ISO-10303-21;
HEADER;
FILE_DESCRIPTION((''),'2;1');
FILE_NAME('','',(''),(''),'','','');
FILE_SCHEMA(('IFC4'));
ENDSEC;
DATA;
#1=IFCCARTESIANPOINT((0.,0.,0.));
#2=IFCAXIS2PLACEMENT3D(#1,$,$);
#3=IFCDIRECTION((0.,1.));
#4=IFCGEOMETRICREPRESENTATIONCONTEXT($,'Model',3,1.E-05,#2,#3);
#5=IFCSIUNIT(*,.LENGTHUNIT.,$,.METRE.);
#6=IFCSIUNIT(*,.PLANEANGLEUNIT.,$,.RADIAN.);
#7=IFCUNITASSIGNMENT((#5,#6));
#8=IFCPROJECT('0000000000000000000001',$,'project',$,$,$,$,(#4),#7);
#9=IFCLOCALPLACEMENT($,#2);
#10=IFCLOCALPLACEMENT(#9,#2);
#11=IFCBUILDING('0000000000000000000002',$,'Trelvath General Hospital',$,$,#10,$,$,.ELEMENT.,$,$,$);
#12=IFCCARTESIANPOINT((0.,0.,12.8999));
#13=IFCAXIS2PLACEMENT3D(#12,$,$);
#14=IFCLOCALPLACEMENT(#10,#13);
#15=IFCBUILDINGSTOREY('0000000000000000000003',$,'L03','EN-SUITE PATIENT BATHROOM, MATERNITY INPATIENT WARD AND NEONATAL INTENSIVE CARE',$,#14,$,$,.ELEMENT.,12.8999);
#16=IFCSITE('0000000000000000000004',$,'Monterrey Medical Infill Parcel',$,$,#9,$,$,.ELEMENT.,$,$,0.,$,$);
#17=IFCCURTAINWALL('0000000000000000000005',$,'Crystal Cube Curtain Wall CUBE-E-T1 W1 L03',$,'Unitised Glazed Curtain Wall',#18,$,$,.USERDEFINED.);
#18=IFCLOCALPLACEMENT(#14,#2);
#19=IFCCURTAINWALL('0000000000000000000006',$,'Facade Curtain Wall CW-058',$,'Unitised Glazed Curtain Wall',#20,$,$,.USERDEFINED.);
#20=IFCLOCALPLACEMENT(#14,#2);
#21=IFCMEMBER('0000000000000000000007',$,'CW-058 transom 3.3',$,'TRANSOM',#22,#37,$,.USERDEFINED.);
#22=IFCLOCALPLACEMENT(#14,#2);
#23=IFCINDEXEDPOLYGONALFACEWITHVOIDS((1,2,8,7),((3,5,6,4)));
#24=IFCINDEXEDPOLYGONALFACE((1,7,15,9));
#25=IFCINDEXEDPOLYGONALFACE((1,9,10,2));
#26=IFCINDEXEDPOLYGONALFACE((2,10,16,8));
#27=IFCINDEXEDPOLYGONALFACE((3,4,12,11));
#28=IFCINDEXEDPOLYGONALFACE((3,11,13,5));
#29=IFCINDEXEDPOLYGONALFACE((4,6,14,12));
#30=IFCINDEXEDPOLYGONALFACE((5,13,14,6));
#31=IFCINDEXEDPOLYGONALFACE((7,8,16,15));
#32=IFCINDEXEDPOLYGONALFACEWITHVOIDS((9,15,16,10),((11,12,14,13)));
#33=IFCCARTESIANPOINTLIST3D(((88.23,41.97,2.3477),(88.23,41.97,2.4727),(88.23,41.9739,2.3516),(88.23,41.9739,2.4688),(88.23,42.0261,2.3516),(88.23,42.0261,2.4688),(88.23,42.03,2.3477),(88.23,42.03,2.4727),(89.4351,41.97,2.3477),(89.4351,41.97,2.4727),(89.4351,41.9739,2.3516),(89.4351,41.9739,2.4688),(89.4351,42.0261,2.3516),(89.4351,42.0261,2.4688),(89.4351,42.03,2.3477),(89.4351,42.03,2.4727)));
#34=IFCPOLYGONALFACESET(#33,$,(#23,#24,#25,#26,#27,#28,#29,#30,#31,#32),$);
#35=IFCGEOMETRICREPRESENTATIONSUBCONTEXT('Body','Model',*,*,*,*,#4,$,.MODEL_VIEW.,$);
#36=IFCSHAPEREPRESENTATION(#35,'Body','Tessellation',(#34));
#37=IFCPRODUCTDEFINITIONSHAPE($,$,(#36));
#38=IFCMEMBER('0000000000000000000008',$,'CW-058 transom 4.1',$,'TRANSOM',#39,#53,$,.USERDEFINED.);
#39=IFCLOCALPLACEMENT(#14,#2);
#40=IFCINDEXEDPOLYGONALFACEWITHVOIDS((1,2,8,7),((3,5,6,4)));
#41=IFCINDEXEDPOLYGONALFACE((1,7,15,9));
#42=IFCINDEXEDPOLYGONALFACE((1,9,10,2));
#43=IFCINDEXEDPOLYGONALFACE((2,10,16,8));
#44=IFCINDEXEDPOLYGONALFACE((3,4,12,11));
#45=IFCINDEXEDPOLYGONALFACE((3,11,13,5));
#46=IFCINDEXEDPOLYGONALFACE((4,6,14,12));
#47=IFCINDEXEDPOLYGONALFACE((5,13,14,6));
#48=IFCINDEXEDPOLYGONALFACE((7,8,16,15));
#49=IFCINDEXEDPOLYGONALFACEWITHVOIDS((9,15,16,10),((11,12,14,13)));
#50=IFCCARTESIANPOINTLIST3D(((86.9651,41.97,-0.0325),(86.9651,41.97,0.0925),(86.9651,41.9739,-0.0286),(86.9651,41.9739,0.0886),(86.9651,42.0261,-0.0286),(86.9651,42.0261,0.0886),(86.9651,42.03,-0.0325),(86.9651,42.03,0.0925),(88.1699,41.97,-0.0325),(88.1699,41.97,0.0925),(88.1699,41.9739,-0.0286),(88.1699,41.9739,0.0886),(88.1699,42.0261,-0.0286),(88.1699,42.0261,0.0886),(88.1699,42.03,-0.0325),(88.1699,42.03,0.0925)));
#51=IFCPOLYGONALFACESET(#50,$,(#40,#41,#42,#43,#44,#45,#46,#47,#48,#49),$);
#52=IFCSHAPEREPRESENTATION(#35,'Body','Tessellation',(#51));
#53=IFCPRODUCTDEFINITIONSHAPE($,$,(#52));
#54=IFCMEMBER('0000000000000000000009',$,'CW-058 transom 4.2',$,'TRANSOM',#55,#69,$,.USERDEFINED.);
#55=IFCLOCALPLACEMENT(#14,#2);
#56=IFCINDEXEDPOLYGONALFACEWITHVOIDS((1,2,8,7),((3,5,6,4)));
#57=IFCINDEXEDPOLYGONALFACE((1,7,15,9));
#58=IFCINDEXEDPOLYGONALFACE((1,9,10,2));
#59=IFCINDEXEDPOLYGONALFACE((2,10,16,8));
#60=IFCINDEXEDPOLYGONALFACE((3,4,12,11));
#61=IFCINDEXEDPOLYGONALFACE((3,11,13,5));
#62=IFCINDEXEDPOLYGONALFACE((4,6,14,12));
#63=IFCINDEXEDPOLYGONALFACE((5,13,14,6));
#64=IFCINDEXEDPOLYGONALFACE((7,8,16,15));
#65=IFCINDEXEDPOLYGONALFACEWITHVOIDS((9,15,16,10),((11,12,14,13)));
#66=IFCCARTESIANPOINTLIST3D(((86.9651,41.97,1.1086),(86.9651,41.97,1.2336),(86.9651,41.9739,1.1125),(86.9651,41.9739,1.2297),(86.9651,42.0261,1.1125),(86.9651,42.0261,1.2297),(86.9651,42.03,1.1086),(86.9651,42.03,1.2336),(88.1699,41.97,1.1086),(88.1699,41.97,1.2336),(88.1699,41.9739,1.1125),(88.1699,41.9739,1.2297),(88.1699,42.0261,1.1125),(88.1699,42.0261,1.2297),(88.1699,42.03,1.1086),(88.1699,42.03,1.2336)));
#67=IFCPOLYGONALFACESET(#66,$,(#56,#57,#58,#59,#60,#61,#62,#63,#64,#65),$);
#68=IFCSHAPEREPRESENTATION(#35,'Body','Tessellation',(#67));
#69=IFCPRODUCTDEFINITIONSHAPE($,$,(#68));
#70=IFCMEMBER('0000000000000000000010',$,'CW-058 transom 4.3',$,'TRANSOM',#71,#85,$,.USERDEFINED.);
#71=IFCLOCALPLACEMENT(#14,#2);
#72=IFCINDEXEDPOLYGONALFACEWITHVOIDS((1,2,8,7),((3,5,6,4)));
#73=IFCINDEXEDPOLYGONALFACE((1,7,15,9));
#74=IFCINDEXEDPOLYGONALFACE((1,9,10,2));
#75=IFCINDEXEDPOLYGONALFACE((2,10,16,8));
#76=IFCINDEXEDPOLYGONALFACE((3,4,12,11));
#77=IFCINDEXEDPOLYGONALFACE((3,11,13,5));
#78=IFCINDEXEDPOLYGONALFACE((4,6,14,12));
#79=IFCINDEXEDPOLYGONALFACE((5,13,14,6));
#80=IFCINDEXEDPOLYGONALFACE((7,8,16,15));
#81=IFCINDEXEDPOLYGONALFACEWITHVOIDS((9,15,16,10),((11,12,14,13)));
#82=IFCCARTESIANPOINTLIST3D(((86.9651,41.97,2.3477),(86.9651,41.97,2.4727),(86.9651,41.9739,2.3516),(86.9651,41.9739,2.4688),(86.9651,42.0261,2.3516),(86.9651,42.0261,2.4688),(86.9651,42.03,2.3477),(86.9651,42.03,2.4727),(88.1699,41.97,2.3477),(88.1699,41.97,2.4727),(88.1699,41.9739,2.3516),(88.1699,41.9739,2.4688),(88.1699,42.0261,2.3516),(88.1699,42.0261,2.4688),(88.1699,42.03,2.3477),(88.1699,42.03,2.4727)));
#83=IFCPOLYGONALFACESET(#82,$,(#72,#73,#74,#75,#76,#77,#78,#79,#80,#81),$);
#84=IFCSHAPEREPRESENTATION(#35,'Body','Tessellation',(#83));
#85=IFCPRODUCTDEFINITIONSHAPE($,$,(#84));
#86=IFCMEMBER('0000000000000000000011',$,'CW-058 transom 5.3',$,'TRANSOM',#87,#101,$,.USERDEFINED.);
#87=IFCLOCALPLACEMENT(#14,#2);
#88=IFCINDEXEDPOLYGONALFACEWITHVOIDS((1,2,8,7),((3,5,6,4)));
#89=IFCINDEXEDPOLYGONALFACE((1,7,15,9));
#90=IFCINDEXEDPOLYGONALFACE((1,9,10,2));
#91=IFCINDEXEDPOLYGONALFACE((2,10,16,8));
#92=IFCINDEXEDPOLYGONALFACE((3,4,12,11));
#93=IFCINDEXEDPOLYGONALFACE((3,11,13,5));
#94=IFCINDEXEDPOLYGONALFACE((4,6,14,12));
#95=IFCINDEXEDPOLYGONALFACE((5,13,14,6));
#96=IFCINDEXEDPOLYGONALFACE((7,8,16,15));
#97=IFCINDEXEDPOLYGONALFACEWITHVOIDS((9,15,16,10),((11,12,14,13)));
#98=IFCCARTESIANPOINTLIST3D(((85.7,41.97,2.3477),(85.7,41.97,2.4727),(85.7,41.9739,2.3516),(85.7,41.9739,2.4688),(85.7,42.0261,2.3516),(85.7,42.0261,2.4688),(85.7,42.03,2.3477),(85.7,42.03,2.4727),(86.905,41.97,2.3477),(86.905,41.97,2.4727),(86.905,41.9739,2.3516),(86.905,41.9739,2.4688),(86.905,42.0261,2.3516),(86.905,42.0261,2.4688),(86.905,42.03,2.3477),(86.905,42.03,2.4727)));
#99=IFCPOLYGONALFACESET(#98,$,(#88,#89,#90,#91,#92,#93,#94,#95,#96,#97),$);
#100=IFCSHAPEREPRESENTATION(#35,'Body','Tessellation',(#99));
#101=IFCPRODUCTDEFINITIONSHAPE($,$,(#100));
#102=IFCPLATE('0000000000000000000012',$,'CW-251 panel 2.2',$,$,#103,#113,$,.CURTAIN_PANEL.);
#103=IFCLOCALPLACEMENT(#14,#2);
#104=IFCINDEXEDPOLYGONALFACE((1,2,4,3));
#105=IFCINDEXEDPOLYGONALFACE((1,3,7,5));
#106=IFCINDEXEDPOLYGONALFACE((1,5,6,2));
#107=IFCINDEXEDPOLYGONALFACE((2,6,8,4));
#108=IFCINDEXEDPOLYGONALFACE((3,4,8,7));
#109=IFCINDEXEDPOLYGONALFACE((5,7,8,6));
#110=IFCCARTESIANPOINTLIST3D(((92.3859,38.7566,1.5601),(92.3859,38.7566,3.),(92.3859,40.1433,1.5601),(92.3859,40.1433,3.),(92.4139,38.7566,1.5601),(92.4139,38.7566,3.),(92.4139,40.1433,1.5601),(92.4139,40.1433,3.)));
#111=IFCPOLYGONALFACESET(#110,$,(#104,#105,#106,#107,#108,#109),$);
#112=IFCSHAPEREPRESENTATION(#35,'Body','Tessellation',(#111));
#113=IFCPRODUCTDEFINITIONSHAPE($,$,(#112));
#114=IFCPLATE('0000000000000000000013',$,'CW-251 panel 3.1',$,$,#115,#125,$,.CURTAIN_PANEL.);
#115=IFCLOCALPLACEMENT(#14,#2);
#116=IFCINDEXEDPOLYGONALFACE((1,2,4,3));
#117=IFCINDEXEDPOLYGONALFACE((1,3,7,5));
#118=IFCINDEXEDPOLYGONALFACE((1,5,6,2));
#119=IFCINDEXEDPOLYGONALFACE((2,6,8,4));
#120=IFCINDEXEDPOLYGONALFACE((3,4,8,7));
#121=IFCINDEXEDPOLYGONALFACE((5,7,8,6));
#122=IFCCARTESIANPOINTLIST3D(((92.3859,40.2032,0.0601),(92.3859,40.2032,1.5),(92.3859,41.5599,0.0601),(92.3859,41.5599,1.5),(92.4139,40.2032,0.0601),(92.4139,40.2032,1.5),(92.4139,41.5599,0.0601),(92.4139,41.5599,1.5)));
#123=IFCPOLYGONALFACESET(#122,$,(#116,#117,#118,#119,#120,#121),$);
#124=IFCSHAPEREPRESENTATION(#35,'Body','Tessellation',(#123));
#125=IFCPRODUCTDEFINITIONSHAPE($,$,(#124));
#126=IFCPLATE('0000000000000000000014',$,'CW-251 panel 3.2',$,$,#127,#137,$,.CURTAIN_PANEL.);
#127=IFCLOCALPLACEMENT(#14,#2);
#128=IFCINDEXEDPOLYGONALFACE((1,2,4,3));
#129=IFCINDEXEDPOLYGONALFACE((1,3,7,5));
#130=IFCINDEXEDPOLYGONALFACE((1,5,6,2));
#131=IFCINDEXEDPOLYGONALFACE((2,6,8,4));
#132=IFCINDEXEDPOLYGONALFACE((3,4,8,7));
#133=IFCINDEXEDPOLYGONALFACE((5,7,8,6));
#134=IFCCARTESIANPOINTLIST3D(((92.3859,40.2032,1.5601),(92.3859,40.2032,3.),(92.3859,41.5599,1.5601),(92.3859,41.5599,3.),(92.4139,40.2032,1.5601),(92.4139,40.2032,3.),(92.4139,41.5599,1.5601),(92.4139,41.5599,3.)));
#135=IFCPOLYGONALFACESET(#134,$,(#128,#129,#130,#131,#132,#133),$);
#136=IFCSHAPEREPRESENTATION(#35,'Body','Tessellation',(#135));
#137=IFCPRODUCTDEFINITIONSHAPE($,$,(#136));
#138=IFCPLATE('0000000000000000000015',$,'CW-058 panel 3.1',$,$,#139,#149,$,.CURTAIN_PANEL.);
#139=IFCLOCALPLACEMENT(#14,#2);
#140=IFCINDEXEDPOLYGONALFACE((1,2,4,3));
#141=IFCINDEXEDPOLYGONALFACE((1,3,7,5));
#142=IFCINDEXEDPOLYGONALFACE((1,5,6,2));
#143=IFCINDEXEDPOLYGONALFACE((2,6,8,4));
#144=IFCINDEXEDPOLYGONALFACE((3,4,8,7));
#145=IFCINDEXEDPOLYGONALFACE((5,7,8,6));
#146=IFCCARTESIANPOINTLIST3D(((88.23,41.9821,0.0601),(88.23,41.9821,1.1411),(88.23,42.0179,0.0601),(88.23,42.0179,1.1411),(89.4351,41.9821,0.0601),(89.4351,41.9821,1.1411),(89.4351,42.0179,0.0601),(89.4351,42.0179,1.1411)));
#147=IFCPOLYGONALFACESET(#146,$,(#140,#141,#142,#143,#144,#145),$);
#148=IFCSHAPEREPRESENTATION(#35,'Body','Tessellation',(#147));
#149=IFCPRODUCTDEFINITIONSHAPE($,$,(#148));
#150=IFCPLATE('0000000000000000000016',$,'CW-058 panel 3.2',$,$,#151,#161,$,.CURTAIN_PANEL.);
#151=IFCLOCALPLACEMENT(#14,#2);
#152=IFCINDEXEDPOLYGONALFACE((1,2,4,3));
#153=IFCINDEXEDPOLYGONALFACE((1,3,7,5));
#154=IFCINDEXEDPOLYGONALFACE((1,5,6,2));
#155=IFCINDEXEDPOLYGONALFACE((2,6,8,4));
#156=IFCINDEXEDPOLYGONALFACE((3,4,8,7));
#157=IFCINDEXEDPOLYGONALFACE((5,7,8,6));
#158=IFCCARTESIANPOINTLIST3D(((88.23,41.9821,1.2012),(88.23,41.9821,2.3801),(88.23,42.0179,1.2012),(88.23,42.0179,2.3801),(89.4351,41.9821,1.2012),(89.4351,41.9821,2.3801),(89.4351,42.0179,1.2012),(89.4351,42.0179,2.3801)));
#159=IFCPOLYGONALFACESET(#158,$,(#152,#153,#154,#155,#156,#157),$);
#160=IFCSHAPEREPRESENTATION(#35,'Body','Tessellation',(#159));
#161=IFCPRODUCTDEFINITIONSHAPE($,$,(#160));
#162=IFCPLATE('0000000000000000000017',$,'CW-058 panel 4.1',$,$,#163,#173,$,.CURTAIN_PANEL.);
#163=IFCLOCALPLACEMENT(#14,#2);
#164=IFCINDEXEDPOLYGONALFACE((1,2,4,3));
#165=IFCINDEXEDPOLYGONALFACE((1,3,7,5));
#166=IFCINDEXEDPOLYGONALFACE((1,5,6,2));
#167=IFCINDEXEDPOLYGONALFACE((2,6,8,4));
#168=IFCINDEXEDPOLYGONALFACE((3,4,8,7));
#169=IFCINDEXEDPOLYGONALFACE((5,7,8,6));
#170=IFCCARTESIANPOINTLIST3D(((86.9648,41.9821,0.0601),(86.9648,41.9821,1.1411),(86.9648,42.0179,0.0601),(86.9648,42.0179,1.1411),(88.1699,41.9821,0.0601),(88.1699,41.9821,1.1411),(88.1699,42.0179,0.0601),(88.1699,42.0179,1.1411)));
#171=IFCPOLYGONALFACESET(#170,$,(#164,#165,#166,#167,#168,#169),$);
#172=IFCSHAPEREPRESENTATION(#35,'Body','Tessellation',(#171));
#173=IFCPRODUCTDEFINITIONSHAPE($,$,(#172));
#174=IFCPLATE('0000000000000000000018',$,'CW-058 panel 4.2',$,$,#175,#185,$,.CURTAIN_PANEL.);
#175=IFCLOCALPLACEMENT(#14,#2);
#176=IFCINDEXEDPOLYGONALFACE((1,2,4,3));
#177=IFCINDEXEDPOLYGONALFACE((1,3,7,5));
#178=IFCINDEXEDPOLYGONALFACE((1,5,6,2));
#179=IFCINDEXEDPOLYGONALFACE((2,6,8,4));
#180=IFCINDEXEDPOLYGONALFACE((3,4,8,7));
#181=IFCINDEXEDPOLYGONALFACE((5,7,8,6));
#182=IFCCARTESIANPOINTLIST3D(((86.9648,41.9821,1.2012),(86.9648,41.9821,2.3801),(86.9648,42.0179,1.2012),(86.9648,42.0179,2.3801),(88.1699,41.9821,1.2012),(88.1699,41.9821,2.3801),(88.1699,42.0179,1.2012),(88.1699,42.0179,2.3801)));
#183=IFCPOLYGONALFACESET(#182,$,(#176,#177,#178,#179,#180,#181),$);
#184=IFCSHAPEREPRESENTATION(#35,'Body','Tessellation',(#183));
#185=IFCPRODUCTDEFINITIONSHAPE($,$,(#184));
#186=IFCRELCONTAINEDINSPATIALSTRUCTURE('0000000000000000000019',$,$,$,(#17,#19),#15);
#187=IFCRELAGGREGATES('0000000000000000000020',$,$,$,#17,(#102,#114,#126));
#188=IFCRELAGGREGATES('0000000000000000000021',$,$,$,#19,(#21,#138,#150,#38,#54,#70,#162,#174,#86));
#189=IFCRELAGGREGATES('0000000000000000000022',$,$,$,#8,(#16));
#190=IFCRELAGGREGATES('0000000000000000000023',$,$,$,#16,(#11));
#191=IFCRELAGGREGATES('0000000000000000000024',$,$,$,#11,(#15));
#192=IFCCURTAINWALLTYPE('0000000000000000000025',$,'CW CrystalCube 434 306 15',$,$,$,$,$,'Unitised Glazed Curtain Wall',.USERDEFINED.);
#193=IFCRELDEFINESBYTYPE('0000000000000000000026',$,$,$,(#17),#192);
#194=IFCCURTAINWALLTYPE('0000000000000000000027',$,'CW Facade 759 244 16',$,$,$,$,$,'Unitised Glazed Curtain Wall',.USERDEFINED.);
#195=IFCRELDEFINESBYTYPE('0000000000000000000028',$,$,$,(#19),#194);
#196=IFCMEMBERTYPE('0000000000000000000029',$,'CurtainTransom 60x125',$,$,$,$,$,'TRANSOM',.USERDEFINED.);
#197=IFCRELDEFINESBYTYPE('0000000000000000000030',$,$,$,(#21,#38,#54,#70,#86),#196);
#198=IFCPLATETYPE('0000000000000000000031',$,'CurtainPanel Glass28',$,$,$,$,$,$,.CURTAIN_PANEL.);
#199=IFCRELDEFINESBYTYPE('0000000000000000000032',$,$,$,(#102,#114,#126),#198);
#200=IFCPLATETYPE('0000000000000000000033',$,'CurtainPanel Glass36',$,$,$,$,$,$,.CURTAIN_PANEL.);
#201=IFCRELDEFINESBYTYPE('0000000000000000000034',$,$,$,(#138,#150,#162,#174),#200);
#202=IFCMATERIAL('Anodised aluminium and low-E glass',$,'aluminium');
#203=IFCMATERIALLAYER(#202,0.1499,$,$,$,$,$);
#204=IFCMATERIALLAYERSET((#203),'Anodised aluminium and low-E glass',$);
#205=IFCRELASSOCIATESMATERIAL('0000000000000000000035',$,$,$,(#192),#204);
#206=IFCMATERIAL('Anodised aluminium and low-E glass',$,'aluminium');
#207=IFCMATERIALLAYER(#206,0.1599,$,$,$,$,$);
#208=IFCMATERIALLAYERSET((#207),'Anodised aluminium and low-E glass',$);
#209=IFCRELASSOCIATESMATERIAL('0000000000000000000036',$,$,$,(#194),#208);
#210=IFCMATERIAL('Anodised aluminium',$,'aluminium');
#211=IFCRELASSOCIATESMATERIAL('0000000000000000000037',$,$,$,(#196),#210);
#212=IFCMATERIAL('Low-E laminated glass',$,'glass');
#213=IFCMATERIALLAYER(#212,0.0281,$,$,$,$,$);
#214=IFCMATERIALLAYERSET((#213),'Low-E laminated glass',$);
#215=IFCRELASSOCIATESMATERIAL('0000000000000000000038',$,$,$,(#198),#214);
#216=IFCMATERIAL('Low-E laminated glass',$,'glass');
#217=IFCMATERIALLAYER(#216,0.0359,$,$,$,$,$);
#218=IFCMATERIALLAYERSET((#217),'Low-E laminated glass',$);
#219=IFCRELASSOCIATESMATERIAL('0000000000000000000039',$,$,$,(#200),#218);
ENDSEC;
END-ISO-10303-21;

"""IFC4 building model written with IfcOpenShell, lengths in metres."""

from ifc_helpers import new_model, si_unit, direction, frame, origin, origin_2d, place, context, subcontext, project, spatial, rectangle, hollow_rectangle, extrude, material, layer, layer_set, material_profile, profile_set, type_object, element, aggregate, save


model = new_model("IFC4")

# Units and contexts
model_context = context("Model", 3, precision=1e-05, world=origin(), true_north=direction((0.0, 1.0)))
body_context = subcontext(model_context, "Body", "Model", "MODEL_VIEW")
ifc_project = project(units=[si_unit("LENGTHUNIT", "METRE"), si_unit("PLANEANGLEUNIT", "RADIAN")], contexts=[model_context])

# Site, building, storey
site_placement = place(None, origin())
site = spatial("IfcSite", under=ifc_project, at=site_placement, Name="Monterrey Medical Infill Parcel", CompositionType="ELEMENT", RefElevation=0.0)
building_placement = place(site_placement, origin())
building = spatial("IfcBuilding", under=site, at=building_placement, Name="Trelvath General Hospital", CompositionType="ELEMENT")
storey_placement = place(building_placement, frame((0.0, 0.0, 12.8999)))
storey = spatial("IfcBuildingStorey", under=building, at=storey_placement, Name="L03", Description="EN-SUITE PATIENT BATHROOM, MATERNITY INPATIENT WARD AND NEONATAL INTENSIVE CARE", CompositionType="ELEMENT", Elevation=12.8999)

# Curtain walls
ifc_material_1 = material(Name="Anodised aluminium and low-E glass", Category="aluminium")
ifc_layer_1 = layer(ifc_material_1, 0.1499)
ifc_layer_set_1 = layer_set([ifc_layer_1], Name="Anodised aluminium and low-E glass")
curtain_wall_type_1 = type_object("IfcCurtainWallType", Name="CW CrystalCube 434 306 15", ElementType="Unitised Glazed Curtain Wall", PredefinedType="USERDEFINED", material=ifc_layer_set_1)
curtain_wall_1_placement = place(storey_placement, origin())
curtain_wall_1 = element("IfcCurtainWall", 1, at=curtain_wall_1_placement, inside=storey, type_object=curtain_wall_type_1, Name="Crystal Cube Curtain Wall CUBE-E-T1 W1 L03", ObjectType="Unitised Glazed Curtain Wall", PredefinedType="USERDEFINED")
ifc_material_2 = material(Name="Anodised aluminium and low-E glass", Category="aluminium")
ifc_layer_2 = layer(ifc_material_2, 0.1599)
ifc_layer_set_2 = layer_set([ifc_layer_2], Name="Anodised aluminium and low-E glass")
curtain_wall_type_2 = type_object("IfcCurtainWallType", Name="CW Facade 759 244 16", ElementType="Unitised Glazed Curtain Wall", PredefinedType="USERDEFINED", material=ifc_layer_set_2)
curtain_wall_2_placement = place(storey_placement, origin())
curtain_wall_2 = element("IfcCurtainWall", 2, at=curtain_wall_2_placement, inside=storey, type_object=curtain_wall_type_2, Name="Facade Curtain Wall CW-058", ObjectType="Unitised Glazed Curtain Wall", PredefinedType="USERDEFINED")

# Members
ifc_material_3 = material(Name="Anodised aluminium", Category="aluminium")
ifc_material_profile_1 = material_profile(ifc_material_3, hollow_rectangle(XDim=0.0601, YDim=0.125, WallThickness=0.0039, at=origin_2d()), Name="RHS60x125x4")
ifc_profile_set_1 = profile_set([ifc_material_profile_1], Name="Anodised aluminium")
member_type_1 = type_object("IfcMemberType", Name="CurtainTransom 60x125", ElementType="TRANSOM", PredefinedType="USERDEFINED", material=ifc_profile_set_1)
member_1_placement = place(storey_placement, frame((89.4351, 42.0, 2.4102), z_axis=(-1.0, 0.0, 0.0), x_axis=(0.0, -1.0, 0.0)))
member_1 = element("IfcMember", 3, at=member_1_placement, type_object=member_type_1, Name="CW-058 transom 3.3", ObjectType="TRANSOM", PredefinedType="USERDEFINED", context=body_context, shape_type="SweptSolid", body=[
    extrude(hollow_rectangle(XDim=0.0601, YDim=0.125, WallThickness=0.0039, at=origin_2d()), origin(), (0.0, 0.0, 1.0), 1.2051),
])
member_2_placement = place(storey_placement, frame((88.1699, 42.0, 0.03), z_axis=(-1.0, 0.0, 0.0), x_axis=(0.0, -1.0, 0.0)))
member_2 = element("IfcMember", 4, at=member_2_placement, type_object=member_type_1, Name="CW-058 transom 4.1", ObjectType="TRANSOM", PredefinedType="USERDEFINED", context=body_context, shape_type="SweptSolid", body=[
    extrude(hollow_rectangle(XDim=0.0601, YDim=0.125, WallThickness=0.0039, at=origin_2d()), origin(), (0.0, 0.0, 1.0), 1.2048),
])
member_3_placement = place(storey_placement, frame((88.1699, 42.0, 1.1711), z_axis=(-1.0, 0.0, 0.0), x_axis=(0.0, -1.0, 0.0)))
member_3 = element("IfcMember", 5, at=member_3_placement, type_object=member_type_1, Name="CW-058 transom 4.2", ObjectType="TRANSOM", PredefinedType="USERDEFINED", context=body_context, shape_type="SweptSolid", body=[
    extrude(hollow_rectangle(XDim=0.0601, YDim=0.125, WallThickness=0.0039, at=origin_2d()), origin(), (0.0, 0.0, 1.0), 1.2048),
])
member_4_placement = place(storey_placement, frame((88.1699, 42.0, 2.4102), z_axis=(-1.0, 0.0, 0.0), x_axis=(0.0, -1.0, 0.0)))
member_4 = element("IfcMember", 6, at=member_4_placement, type_object=member_type_1, Name="CW-058 transom 4.3", ObjectType="TRANSOM", PredefinedType="USERDEFINED", context=body_context, shape_type="SweptSolid", body=[
    extrude(hollow_rectangle(XDim=0.0601, YDim=0.125, WallThickness=0.0039, at=origin_2d()), origin(), (0.0, 0.0, 1.0), 1.2048),
])
member_5_placement = place(storey_placement, frame((86.905, 42.0, 2.4102), z_axis=(-1.0, 0.0, 0.0), x_axis=(0.0, -1.0, 0.0)))
member_5 = element("IfcMember", 7, at=member_5_placement, type_object=member_type_1, Name="CW-058 transom 5.3", ObjectType="TRANSOM", PredefinedType="USERDEFINED", context=body_context, shape_type="SweptSolid", body=[
    extrude(hollow_rectangle(XDim=0.0601, YDim=0.125, WallThickness=0.0039, at=origin_2d()), origin(), (0.0, 0.0, 1.0), 1.2051),
])

# Plates
ifc_material_4 = material(Name="Low-E laminated glass", Category="glass")
ifc_layer_3 = layer(ifc_material_4, 0.0281)
ifc_layer_set_3 = layer_set([ifc_layer_3], Name="Low-E laminated glass")
plate_type_1 = type_object("IfcPlateType", Name="CurtainPanel Glass28", PredefinedType="CURTAIN_PANEL", material=ifc_layer_set_3)
plate_1_placement = place(storey_placement, frame((92.3999, 39.45, 1.5601), z_axis=(0.0, 0.0, 1.0), x_axis=(0.0, 1.0, 0.0)))
plate_1 = element("IfcPlate", 8, at=plate_1_placement, type_object=plate_type_1, Name="CW-251 panel 2.2", PredefinedType="CURTAIN_PANEL", context=body_context, shape_type="SweptSolid", body=[
    extrude(rectangle(XDim=1.3867, YDim=0.0281, at=origin_2d()), origin(), (0.0, 0.0, 1.0), 1.4399),
])
plate_2_placement = place(storey_placement, frame((92.3999, 40.8816, 0.0601), z_axis=(0.0, 0.0, 1.0), x_axis=(0.0, 1.0, 0.0)))
plate_2 = element("IfcPlate", 9, at=plate_2_placement, type_object=plate_type_1, Name="CW-251 panel 3.1", PredefinedType="CURTAIN_PANEL", context=body_context, shape_type="SweptSolid", body=[
    extrude(rectangle(XDim=1.3567, YDim=0.0281, at=origin_2d()), origin(), (0.0, 0.0, 1.0), 1.4399),
])
plate_3_placement = place(storey_placement, frame((92.3999, 40.8816, 1.5601), z_axis=(0.0, 0.0, 1.0), x_axis=(0.0, 1.0, 0.0)))
plate_3 = element("IfcPlate", 10, at=plate_3_placement, type_object=plate_type_1, Name="CW-251 panel 3.2", PredefinedType="CURTAIN_PANEL", context=body_context, shape_type="SweptSolid", body=[
    extrude(rectangle(XDim=1.3567, YDim=0.0281, at=origin_2d()), origin(), (0.0, 0.0, 1.0), 1.4399),
])
aggregate(curtain_wall_1, [plate_1, plate_2, plate_3])
ifc_material_5 = material(Name="Low-E laminated glass", Category="glass")
ifc_layer_4 = layer(ifc_material_5, 0.0359)
ifc_layer_set_4 = layer_set([ifc_layer_4], Name="Low-E laminated glass")
plate_type_2 = type_object("IfcPlateType", Name="CurtainPanel Glass36", PredefinedType="CURTAIN_PANEL", material=ifc_layer_set_4)
plate_4_placement = place(storey_placement, frame((88.8325, 42.0, 0.0601), z_axis=(0.0, 0.0, 1.0), x_axis=(-1.0, 0.0, 0.0)))
plate_4 = element("IfcPlate", 11, at=plate_4_placement, type_object=plate_type_2, Name="CW-058 panel 3.1", PredefinedType="CURTAIN_PANEL", context=body_context, shape_type="SweptSolid", body=[
    extrude(rectangle(XDim=1.2051, YDim=0.0359, at=origin_2d()), origin(), (0.0, 0.0, 1.0), 1.0811),
])
plate_5_placement = place(storey_placement, frame((88.8325, 42.0, 1.2012), z_axis=(0.0, 0.0, 1.0), x_axis=(-1.0, 0.0, 0.0)))
plate_5 = element("IfcPlate", 12, at=plate_5_placement, type_object=plate_type_2, Name="CW-058 panel 3.2", PredefinedType="CURTAIN_PANEL", context=body_context, shape_type="SweptSolid", body=[
    extrude(rectangle(XDim=1.2051, YDim=0.0359, at=origin_2d()), origin(), (0.0, 0.0, 1.0), 1.179),
])
plate_6_placement = place(storey_placement, frame((87.5674, 42.0, 0.0601), z_axis=(0.0, 0.0, 1.0), x_axis=(-1.0, 0.0, 0.0)))
plate_6 = element("IfcPlate", 13, at=plate_6_placement, type_object=plate_type_2, Name="CW-058 panel 4.1", PredefinedType="CURTAIN_PANEL", context=body_context, shape_type="SweptSolid", body=[
    extrude(rectangle(XDim=1.2051, YDim=0.0359, at=origin_2d()), origin(), (0.0, 0.0, 1.0), 1.0811),
])
plate_7_placement = place(storey_placement, frame((87.5674, 42.0, 1.2012), z_axis=(0.0, 0.0, 1.0), x_axis=(-1.0, 0.0, 0.0)))
plate_7 = element("IfcPlate", 14, at=plate_7_placement, type_object=plate_type_2, Name="CW-058 panel 4.2", PredefinedType="CURTAIN_PANEL", context=body_context, shape_type="SweptSolid", body=[
    extrude(rectangle(XDim=1.2051, YDim=0.0359, at=origin_2d()), origin(), (0.0, 0.0, 1.0), 1.179),
])
aggregate(curtain_wall_2, [member_1, plate_4, plate_5, member_2, member_3, member_4, plate_6, plate_7, member_5])

save(model, "model.ifc")
